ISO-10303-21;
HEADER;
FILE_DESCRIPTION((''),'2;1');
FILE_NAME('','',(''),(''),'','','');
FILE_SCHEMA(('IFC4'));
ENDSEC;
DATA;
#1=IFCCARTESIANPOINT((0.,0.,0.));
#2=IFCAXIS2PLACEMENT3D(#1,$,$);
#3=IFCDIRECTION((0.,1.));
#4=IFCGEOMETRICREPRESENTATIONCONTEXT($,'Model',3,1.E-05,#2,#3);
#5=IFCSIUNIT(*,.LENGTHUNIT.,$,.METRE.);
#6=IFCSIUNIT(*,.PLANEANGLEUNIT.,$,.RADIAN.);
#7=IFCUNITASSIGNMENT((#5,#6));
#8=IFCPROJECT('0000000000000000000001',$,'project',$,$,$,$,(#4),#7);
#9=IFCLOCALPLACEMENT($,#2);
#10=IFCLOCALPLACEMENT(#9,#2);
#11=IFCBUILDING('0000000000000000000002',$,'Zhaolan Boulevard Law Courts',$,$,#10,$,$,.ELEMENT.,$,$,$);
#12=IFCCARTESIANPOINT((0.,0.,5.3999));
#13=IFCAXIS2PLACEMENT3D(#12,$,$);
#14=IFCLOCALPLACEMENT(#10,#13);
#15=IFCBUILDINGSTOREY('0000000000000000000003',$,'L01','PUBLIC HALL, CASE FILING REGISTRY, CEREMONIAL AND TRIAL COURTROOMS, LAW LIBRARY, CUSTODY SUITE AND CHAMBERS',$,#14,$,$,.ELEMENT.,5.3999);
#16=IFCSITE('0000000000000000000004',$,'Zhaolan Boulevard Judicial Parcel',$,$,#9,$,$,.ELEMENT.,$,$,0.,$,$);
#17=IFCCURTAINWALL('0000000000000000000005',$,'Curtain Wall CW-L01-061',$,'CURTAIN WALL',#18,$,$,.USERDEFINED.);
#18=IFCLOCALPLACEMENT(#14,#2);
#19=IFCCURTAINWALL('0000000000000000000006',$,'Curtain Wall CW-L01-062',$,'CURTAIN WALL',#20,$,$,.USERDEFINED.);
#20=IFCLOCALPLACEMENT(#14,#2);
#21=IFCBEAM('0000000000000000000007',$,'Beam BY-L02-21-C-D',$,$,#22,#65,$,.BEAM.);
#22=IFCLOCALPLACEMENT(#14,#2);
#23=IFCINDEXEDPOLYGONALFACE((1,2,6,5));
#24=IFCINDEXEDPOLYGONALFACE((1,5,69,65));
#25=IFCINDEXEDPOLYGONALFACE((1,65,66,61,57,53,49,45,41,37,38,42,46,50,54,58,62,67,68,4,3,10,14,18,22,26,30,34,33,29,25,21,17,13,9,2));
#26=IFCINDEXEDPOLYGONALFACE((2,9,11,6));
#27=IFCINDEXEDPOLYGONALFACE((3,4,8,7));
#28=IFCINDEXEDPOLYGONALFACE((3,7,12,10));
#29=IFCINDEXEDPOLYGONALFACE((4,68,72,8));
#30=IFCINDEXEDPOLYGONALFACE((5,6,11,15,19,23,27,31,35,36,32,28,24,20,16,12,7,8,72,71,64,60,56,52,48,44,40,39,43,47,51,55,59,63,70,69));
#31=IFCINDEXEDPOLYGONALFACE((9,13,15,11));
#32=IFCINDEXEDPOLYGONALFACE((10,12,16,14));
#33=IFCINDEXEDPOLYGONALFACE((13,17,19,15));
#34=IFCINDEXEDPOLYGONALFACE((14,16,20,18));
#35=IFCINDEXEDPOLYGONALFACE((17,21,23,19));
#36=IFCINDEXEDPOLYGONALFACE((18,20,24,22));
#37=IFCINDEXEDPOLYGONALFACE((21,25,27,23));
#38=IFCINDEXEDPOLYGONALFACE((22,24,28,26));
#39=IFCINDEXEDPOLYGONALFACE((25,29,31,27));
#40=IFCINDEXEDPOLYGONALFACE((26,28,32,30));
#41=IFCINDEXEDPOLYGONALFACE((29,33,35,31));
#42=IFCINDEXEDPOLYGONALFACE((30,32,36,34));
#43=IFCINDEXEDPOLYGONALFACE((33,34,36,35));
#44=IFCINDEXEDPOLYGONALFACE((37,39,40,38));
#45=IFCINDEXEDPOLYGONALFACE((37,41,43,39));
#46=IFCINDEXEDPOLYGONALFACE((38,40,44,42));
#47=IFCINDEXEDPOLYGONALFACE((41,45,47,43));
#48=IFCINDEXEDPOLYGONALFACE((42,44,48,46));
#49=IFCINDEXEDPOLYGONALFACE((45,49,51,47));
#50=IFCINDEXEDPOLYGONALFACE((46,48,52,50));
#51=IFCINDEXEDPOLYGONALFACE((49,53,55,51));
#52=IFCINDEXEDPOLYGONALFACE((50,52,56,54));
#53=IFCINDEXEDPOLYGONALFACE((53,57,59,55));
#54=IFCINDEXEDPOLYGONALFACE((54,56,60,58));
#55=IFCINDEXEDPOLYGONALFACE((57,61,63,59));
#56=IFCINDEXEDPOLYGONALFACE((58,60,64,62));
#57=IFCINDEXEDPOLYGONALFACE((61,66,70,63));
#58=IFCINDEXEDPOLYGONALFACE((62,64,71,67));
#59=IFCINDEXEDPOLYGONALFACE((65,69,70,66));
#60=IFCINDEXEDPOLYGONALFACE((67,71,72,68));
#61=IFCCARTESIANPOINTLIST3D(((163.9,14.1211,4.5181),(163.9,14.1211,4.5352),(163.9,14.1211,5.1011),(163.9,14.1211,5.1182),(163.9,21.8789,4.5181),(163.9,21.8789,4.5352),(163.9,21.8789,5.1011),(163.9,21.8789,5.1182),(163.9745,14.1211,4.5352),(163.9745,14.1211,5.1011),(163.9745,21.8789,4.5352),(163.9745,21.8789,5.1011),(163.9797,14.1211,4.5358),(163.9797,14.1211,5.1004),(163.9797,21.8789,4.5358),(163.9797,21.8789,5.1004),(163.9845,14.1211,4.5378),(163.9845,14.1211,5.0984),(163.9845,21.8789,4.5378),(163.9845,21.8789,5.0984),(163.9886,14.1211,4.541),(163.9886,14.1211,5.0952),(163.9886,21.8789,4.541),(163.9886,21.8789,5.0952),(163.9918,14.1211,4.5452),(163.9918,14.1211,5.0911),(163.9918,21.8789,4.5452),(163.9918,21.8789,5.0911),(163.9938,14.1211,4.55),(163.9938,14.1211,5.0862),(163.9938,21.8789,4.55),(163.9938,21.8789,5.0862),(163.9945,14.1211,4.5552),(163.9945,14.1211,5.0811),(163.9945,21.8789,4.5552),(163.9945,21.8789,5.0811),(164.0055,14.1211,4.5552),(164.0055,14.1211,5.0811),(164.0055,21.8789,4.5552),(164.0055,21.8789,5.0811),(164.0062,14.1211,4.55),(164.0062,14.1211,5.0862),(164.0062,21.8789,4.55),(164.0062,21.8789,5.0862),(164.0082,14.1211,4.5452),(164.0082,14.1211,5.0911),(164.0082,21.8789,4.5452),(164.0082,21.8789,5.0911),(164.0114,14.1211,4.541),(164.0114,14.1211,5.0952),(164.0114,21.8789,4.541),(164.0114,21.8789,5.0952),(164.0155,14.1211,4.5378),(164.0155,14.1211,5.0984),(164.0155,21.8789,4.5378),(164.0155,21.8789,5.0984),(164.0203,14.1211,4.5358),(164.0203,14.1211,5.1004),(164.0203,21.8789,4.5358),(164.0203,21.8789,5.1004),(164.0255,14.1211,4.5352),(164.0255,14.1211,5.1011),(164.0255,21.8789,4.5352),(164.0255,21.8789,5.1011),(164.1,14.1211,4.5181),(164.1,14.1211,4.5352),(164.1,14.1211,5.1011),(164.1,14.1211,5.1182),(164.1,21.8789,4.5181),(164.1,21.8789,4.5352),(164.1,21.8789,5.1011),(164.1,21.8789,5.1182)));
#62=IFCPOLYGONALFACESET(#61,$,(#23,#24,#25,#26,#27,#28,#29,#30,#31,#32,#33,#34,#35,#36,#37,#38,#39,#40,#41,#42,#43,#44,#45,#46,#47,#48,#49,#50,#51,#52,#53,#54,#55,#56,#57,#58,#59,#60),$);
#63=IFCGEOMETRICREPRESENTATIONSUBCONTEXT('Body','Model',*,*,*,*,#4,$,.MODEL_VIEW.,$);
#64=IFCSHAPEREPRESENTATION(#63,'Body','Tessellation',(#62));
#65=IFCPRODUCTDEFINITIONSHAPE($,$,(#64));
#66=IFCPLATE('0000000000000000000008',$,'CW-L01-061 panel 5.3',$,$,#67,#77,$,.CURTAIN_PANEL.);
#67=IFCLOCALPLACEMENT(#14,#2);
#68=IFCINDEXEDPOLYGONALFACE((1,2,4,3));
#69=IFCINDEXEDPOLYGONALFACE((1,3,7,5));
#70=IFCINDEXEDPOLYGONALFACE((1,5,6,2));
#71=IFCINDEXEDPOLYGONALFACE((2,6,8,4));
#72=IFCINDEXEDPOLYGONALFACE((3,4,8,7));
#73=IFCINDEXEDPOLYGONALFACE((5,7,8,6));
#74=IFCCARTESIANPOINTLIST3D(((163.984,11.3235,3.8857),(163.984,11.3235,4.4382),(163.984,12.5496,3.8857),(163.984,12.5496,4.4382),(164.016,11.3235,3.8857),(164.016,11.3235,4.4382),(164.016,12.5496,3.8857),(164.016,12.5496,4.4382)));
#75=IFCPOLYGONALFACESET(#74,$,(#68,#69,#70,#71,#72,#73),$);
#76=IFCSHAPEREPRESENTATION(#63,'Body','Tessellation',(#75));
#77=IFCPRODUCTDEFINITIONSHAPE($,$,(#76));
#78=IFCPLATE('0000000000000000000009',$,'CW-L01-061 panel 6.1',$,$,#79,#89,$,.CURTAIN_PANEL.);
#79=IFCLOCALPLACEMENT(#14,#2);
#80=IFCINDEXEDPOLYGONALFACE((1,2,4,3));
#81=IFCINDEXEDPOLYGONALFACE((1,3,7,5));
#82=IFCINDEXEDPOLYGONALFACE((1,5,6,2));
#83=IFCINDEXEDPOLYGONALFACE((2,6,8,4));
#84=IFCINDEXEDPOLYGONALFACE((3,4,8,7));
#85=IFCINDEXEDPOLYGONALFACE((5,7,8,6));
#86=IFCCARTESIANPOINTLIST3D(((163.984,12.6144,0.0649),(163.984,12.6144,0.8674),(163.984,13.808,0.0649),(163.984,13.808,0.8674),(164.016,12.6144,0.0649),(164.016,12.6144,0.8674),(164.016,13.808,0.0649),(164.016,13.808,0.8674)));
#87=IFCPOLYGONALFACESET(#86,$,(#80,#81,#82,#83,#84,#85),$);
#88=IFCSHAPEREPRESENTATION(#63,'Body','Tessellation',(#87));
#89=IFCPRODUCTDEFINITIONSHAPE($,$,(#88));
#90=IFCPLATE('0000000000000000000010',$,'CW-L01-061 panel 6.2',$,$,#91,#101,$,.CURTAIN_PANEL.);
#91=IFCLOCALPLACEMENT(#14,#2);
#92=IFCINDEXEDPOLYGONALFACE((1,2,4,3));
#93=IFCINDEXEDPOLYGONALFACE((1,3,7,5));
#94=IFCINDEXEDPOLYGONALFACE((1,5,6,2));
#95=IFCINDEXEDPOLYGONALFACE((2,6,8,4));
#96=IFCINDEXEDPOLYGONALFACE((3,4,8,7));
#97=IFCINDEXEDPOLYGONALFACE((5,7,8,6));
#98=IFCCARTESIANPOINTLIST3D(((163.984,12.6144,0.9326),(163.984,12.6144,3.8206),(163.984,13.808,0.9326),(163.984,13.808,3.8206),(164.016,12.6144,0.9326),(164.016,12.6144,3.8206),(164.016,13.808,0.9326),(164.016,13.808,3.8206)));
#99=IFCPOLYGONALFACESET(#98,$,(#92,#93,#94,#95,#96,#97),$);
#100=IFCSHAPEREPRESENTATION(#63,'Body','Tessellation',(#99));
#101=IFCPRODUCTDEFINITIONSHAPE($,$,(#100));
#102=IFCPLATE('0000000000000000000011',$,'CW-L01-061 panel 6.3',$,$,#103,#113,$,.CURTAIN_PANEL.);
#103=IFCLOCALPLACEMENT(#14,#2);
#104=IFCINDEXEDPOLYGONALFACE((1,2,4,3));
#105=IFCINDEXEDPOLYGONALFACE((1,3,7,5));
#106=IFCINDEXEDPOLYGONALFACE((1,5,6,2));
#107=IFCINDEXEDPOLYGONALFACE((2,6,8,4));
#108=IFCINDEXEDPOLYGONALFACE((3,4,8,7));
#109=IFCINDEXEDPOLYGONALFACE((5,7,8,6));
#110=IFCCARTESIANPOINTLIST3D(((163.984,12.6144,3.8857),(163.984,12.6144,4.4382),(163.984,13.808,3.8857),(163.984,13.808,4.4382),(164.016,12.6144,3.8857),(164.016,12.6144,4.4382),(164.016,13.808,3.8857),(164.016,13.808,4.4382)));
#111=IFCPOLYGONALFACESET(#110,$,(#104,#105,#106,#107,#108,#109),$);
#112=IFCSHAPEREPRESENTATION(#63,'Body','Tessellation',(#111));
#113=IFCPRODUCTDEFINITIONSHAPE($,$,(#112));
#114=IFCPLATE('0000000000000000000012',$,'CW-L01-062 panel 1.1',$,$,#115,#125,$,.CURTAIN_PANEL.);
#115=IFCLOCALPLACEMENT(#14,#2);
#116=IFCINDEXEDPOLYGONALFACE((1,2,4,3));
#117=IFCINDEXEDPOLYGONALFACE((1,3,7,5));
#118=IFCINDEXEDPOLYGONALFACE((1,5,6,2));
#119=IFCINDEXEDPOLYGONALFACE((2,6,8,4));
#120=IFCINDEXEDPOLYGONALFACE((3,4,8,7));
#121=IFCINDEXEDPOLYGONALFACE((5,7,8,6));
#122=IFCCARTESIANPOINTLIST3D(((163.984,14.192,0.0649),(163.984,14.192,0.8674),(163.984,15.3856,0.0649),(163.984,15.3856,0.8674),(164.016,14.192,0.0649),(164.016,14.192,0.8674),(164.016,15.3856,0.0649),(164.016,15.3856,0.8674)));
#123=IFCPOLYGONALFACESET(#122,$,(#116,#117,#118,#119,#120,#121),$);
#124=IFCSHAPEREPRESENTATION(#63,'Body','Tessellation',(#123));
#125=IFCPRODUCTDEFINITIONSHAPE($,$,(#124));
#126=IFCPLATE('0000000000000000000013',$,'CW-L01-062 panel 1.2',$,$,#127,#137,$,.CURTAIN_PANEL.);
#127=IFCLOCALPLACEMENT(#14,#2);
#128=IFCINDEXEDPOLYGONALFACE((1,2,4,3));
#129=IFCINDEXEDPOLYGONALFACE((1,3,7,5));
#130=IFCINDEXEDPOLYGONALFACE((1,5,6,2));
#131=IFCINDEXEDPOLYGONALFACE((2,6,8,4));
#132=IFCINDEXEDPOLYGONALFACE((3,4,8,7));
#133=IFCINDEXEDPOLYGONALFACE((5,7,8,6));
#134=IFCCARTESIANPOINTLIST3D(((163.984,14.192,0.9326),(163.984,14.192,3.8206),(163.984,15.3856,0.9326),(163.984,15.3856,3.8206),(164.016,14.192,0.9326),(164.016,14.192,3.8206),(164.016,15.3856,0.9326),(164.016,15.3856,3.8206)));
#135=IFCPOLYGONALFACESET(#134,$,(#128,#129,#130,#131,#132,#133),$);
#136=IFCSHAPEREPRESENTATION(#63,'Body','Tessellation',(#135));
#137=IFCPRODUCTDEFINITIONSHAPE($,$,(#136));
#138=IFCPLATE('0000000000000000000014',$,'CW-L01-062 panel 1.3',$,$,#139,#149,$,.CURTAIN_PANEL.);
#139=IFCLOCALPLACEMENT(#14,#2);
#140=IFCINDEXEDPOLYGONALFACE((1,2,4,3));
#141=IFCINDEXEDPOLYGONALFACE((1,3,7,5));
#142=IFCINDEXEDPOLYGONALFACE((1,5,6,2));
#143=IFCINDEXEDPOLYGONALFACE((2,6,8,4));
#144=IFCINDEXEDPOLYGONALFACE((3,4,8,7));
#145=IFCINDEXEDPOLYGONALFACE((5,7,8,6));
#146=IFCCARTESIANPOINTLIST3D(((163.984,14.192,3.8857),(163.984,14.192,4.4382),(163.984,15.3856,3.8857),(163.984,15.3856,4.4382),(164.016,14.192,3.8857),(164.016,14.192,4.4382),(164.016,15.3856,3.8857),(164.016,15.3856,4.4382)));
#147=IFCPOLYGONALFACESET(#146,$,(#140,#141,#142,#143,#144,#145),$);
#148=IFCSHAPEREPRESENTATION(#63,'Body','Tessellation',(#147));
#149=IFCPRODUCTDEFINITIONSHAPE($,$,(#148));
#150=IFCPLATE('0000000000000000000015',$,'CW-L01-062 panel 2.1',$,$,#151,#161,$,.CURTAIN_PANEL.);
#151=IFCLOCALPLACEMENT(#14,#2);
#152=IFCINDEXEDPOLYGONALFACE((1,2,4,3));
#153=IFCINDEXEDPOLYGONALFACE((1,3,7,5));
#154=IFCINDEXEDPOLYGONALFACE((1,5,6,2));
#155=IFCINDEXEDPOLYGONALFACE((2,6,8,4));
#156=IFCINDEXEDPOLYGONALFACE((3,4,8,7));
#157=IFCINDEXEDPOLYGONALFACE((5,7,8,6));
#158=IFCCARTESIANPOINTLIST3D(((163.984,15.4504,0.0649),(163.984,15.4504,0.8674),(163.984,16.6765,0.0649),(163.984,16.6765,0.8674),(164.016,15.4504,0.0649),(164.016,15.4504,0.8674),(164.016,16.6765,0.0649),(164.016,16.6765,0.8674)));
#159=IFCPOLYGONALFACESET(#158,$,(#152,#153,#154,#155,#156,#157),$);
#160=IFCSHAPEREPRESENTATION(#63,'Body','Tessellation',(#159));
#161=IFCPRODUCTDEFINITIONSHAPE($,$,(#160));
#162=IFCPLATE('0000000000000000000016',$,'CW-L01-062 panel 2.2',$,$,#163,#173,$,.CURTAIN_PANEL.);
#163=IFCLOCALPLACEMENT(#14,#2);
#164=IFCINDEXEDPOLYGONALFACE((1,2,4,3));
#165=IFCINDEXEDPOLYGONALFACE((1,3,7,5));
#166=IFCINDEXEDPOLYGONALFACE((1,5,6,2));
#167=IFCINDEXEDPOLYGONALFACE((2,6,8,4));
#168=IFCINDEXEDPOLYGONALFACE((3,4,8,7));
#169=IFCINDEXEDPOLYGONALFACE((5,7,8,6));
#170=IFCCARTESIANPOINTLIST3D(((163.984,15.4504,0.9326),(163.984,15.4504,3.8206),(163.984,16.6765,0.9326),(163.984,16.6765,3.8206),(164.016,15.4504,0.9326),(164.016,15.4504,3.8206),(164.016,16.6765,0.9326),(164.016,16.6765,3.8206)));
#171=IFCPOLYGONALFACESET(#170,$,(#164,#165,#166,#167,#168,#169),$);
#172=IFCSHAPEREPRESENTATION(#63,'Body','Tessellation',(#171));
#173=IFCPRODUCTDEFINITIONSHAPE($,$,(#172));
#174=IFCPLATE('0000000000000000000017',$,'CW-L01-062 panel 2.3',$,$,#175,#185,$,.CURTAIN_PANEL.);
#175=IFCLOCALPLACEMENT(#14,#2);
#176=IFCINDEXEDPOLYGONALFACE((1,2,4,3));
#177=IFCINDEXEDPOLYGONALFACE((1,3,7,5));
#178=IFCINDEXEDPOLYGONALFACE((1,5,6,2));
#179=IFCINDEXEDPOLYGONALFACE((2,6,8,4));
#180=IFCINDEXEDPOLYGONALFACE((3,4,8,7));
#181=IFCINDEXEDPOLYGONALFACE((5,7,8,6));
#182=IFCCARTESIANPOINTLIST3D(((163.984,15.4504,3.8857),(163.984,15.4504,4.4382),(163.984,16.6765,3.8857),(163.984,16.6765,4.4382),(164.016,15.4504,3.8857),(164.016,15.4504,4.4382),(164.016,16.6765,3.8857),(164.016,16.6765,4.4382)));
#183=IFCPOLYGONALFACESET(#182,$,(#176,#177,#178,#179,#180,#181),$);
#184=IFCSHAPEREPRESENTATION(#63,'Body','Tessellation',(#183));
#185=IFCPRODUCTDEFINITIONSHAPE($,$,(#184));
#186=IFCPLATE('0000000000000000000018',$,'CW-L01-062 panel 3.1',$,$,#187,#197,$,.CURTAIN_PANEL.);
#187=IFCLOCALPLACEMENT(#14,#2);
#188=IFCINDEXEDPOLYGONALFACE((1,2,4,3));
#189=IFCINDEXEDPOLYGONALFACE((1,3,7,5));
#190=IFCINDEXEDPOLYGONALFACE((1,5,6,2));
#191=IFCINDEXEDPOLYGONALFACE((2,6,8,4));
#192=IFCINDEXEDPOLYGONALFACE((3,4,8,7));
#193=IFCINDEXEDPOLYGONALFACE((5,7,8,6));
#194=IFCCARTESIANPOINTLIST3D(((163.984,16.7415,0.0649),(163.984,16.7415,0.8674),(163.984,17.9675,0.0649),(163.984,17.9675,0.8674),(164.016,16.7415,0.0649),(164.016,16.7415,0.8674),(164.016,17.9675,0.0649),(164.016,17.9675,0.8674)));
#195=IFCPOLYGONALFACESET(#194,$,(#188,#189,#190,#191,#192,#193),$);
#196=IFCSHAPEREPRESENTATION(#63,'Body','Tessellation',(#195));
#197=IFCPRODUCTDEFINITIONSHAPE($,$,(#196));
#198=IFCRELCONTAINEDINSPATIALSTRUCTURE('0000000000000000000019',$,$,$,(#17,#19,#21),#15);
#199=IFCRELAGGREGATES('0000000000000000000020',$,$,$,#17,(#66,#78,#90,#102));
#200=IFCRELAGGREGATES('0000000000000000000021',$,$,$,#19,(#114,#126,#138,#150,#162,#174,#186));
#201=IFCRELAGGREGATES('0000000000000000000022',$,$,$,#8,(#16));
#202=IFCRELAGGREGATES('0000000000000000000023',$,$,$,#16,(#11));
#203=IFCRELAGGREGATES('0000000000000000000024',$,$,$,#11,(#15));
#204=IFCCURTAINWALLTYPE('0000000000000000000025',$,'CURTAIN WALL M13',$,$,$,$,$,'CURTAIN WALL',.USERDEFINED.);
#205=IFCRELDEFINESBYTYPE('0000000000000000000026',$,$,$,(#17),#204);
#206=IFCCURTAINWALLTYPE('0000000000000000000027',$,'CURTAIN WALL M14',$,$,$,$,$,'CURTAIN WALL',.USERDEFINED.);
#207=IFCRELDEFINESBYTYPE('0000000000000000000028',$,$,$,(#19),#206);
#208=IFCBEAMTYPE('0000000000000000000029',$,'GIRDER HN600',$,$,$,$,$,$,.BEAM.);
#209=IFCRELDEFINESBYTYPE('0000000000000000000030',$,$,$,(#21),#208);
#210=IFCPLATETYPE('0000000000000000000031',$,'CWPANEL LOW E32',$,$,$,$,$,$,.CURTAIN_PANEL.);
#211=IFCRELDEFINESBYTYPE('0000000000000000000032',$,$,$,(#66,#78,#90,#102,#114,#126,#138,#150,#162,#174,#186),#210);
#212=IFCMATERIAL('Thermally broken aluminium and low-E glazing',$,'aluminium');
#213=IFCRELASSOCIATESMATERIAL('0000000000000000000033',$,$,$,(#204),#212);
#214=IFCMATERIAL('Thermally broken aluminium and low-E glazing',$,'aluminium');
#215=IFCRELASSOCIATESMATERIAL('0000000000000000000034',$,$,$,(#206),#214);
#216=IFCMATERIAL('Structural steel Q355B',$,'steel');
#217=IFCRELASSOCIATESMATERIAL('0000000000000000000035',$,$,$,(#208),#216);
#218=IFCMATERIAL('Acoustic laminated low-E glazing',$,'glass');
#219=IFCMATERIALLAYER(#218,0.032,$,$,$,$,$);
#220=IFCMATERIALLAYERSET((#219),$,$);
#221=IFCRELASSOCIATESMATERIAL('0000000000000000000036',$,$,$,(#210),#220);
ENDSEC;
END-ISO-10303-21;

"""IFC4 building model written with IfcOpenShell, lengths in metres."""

from ifc_helpers import new_model, si_unit, direction, frame, origin, origin_2d, place, context, subcontext, project, spatial, rectangle, i_section, extrude, material, layer, layer_set, material_profile, profile_set, type_object, element, aggregate, save


model = new_model("IFC4")

# Units and contexts
model_context = context("Model", 3, precision=1e-05, world=origin(), true_north=direction((0.0, 1.0)))
body_context = subcontext(model_context, "Body", "Model", "MODEL_VIEW")
ifc_project = project(units=[si_unit("LENGTHUNIT", "METRE"), si_unit("PLANEANGLEUNIT", "RADIAN")], contexts=[model_context])

# Site, building, storey
site_placement = place(None, origin())
site = spatial("IfcSite", under=ifc_project, at=site_placement, Name="Zhaolan Boulevard Judicial Parcel", CompositionType="ELEMENT", RefElevation=0.0)
building_placement = place(site_placement, origin())
building = spatial("IfcBuilding", under=site, at=building_placement, Name="Zhaolan Boulevard Law Courts", CompositionType="ELEMENT")
storey_placement = place(building_placement, frame((0.0, 0.0, 5.3999)))
storey = spatial("IfcBuildingStorey", under=building, at=storey_placement, Name="L01", Description="PUBLIC HALL, CASE FILING REGISTRY, CEREMONIAL AND TRIAL COURTROOMS, LAW LIBRARY, CUSTODY SUITE AND CHAMBERS", CompositionType="ELEMENT", Elevation=5.3999)

# Curtain walls
ifc_material_1 = material(Name="Thermally broken aluminium and low-E glazing", Category="aluminium")
curtain_wall_type_1 = type_object("IfcCurtainWallType", Name="CURTAIN WALL M13", ElementType="CURTAIN WALL", PredefinedType="USERDEFINED", material=ifc_material_1)
curtain_wall_1_placement = place(storey_placement, origin())
curtain_wall_1 = element("IfcCurtainWall", 1, at=curtain_wall_1_placement, inside=storey, type_object=curtain_wall_type_1, Name="Curtain Wall CW-L01-061", ObjectType="CURTAIN WALL", PredefinedType="USERDEFINED")
ifc_material_2 = material(Name="Thermally broken aluminium and low-E glazing", Category="aluminium")
curtain_wall_type_2 = type_object("IfcCurtainWallType", Name="CURTAIN WALL M14", ElementType="CURTAIN WALL", PredefinedType="USERDEFINED", material=ifc_material_2)
curtain_wall_2_placement = place(storey_placement, origin())
curtain_wall_2 = element("IfcCurtainWall", 2, at=curtain_wall_2_placement, inside=storey, type_object=curtain_wall_type_2, Name="Curtain Wall CW-L01-062", ObjectType="CURTAIN WALL", PredefinedType="USERDEFINED")

# Beam
ifc_material_3 = material(Name="Structural steel Q355B", Category="steel")
ifc_material_profile_1 = material_profile(ifc_material_3, i_section(OverallWidth=0.2, OverallDepth=0.6001, WebThickness=0.011, FlangeThickness=0.0171, FilletRadius=0.02, at=origin_2d()), Name="HN600x200")
ifc_profile_set_1 = profile_set([ifc_material_profile_1], Name="Structural steel Q355B")
beam_type = type_object("IfcBeamType", Name="GIRDER HN600", PredefinedType="BEAM", material=ifc_profile_set_1)
beam_placement = place(storey_placement, frame((164.0, 14.1211, 4.8181), z_axis=(0.0, 1.0, 0.0), x_axis=(-1.0, 0.0, 0.0)))
element("IfcBeam", 3, at=beam_placement, inside=storey, type_object=beam_type, Name="Beam BY-L02-21-C-D", PredefinedType="BEAM", context=body_context, shape_type="SweptSolid", body=[
    extrude(i_section(OverallWidth=0.2, OverallDepth=0.6001, WebThickness=0.011, FlangeThickness=0.0171, FilletRadius=0.02, at=origin_2d()), origin(), (0.0, 0.0, 1.0), 7.7578),
])

# Plates
ifc_material_4 = material(Name="Acoustic laminated low-E glazing", Category="glass")
ifc_layer = layer(ifc_material_4, 0.032)
ifc_layer_set = layer_set([ifc_layer])
plate_type = type_object("IfcPlateType", Name="CWPANEL LOW E32", PredefinedType="CURTAIN_PANEL", material=ifc_layer_set)
plate_1_placement = place(storey_placement, frame((164.0, 11.9365, 3.8857), z_axis=(0.0, 0.0, 1.0), x_axis=(0.0, 1.0, 0.0)))
plate_1 = element("IfcPlate", 4, at=plate_1_placement, type_object=plate_type, Name="CW-L01-061 panel 5.3", PredefinedType="CURTAIN_PANEL", context=body_context, shape_type="SweptSolid", body=[
    extrude(rectangle(XDim=1.2261, YDim=0.032, at=origin_2d()), origin(), (0.0, 0.0, 1.0), 0.5525),
])
plate_2_placement = place(storey_placement, frame((164.0, 13.2112, 0.0649), z_axis=(0.0, 0.0, 1.0), x_axis=(0.0, 1.0, 0.0)))
plate_2 = element("IfcPlate", 5, at=plate_2_placement, type_object=plate_type, Name="CW-L01-061 panel 6.1", PredefinedType="CURTAIN_PANEL", context=body_context, shape_type="SweptSolid", body=[
    extrude(rectangle(XDim=1.1936, YDim=0.032, at=origin_2d()), origin(), (0.0, 0.0, 1.0), 0.8025),
])
plate_3_placement = place(storey_placement, frame((164.0, 13.2112, 0.9326), z_axis=(0.0, 0.0, 1.0), x_axis=(0.0, 1.0, 0.0)))
plate_3 = element("IfcPlate", 6, at=plate_3_placement, type_object=plate_type, Name="CW-L01-061 panel 6.2", PredefinedType="CURTAIN_PANEL", context=body_context, shape_type="SweptSolid", body=[
    extrude(rectangle(XDim=1.1936, YDim=0.032, at=origin_2d()), origin(), (0.0, 0.0, 1.0), 2.8879),
])
plate_4_placement = place(storey_placement, frame((164.0, 13.2112, 3.8857), z_axis=(0.0, 0.0, 1.0), x_axis=(0.0, 1.0, 0.0)))
plate_4 = element("IfcPlate", 7, at=plate_4_placement, type_object=plate_type, Name="CW-L01-061 panel 6.3", PredefinedType="CURTAIN_PANEL", context=body_context, shape_type="SweptSolid", body=[
    extrude(rectangle(XDim=1.1936, YDim=0.032, at=origin_2d()), origin(), (0.0, 0.0, 1.0), 0.5525),
])
aggregate(curtain_wall_1, [plate_1, plate_2, plate_3, plate_4])
plate_5_placement = place(storey_placement, frame((164.0, 14.7888, 0.0649), z_axis=(0.0, 0.0, 1.0), x_axis=(0.0, 1.0, 0.0)))
plate_5 = element("IfcPlate", 8, at=plate_5_placement, type_object=plate_type, Name="CW-L01-062 panel 1.1", PredefinedType="CURTAIN_PANEL", context=body_context, shape_type="SweptSolid", body=[
    extrude(rectangle(XDim=1.1936, YDim=0.032, at=origin_2d()), origin(), (0.0, 0.0, 1.0), 0.8025),
])
plate_6_placement = place(storey_placement, frame((164.0, 14.7888, 0.9326), z_axis=(0.0, 0.0, 1.0), x_axis=(0.0, 1.0, 0.0)))
plate_6 = element("IfcPlate", 9, at=plate_6_placement, type_object=plate_type, Name="CW-L01-062 panel 1.2", PredefinedType="CURTAIN_PANEL", context=body_context, shape_type="SweptSolid", body=[
    extrude(rectangle(XDim=1.1936, YDim=0.032, at=origin_2d()), origin(), (0.0, 0.0, 1.0), 2.8879),
])
plate_7_placement = place(storey_placement, frame((164.0, 14.7888, 3.8857), z_axis=(0.0, 0.0, 1.0), x_axis=(0.0, 1.0, 0.0)))
plate_7 = element("IfcPlate", 10, at=plate_7_placement, type_object=plate_type, Name="CW-L01-062 panel 1.3", PredefinedType="CURTAIN_PANEL", context=body_context, shape_type="SweptSolid", body=[
    extrude(rectangle(XDim=1.1936, YDim=0.032, at=origin_2d()), origin(), (0.0, 0.0, 1.0), 0.5525),
])
plate_8_placement = place(storey_placement, frame((164.0, 16.0635, 0.0649), z_axis=(0.0, 0.0, 1.0), x_axis=(0.0, 1.0, 0.0)))
plate_8 = element("IfcPlate", 11, at=plate_8_placement, type_object=plate_type, Name="CW-L01-062 panel 2.1", PredefinedType="CURTAIN_PANEL", context=body_context, shape_type="SweptSolid", body=[
    extrude(rectangle(XDim=1.2261, YDim=0.032, at=origin_2d()), origin(), (0.0, 0.0, 1.0), 0.8025),
])
plate_9_placement = place(storey_placement, frame((164.0, 16.0635, 0.9326), z_axis=(0.0, 0.0, 1.0), x_axis=(0.0, 1.0, 0.0)))
plate_9 = element("IfcPlate", 12, at=plate_9_placement, type_object=plate_type, Name="CW-L01-062 panel 2.2", PredefinedType="CURTAIN_PANEL", context=body_context, shape_type="SweptSolid", body=[
    extrude(rectangle(XDim=1.2261, YDim=0.032, at=origin_2d()), origin(), (0.0, 0.0, 1.0), 2.8879),
])
plate_10_placement = place(storey_placement, frame((164.0, 16.0635, 3.8857), z_axis=(0.0, 0.0, 1.0), x_axis=(0.0, 1.0, 0.0)))
plate_10 = element("IfcPlate", 13, at=plate_10_placement, type_object=plate_type, Name="CW-L01-062 panel 2.3", PredefinedType="CURTAIN_PANEL", context=body_context, shape_type="SweptSolid", body=[
    extrude(rectangle(XDim=1.2261, YDim=0.032, at=origin_2d()), origin(), (0.0, 0.0, 1.0), 0.5525),
])
plate_11_placement = place(storey_placement, frame((164.0, 17.3545, 0.0649), z_axis=(0.0, 0.0, 1.0), x_axis=(0.0, 1.0, 0.0)))
plate_11 = element("IfcPlate", 14, at=plate_11_placement, type_object=plate_type, Name="CW-L01-062 panel 3.1", PredefinedType="CURTAIN_PANEL", context=body_context, shape_type="SweptSolid", body=[
    extrude(rectangle(XDim=1.2261, YDim=0.032, at=origin_2d()), origin(), (0.0, 0.0, 1.0), 0.8025),
])
aggregate(curtain_wall_2, [plate_5, plate_6, plate_7, plate_8, plate_9, plate_10, plate_11])

save(model, "model.ifc")
